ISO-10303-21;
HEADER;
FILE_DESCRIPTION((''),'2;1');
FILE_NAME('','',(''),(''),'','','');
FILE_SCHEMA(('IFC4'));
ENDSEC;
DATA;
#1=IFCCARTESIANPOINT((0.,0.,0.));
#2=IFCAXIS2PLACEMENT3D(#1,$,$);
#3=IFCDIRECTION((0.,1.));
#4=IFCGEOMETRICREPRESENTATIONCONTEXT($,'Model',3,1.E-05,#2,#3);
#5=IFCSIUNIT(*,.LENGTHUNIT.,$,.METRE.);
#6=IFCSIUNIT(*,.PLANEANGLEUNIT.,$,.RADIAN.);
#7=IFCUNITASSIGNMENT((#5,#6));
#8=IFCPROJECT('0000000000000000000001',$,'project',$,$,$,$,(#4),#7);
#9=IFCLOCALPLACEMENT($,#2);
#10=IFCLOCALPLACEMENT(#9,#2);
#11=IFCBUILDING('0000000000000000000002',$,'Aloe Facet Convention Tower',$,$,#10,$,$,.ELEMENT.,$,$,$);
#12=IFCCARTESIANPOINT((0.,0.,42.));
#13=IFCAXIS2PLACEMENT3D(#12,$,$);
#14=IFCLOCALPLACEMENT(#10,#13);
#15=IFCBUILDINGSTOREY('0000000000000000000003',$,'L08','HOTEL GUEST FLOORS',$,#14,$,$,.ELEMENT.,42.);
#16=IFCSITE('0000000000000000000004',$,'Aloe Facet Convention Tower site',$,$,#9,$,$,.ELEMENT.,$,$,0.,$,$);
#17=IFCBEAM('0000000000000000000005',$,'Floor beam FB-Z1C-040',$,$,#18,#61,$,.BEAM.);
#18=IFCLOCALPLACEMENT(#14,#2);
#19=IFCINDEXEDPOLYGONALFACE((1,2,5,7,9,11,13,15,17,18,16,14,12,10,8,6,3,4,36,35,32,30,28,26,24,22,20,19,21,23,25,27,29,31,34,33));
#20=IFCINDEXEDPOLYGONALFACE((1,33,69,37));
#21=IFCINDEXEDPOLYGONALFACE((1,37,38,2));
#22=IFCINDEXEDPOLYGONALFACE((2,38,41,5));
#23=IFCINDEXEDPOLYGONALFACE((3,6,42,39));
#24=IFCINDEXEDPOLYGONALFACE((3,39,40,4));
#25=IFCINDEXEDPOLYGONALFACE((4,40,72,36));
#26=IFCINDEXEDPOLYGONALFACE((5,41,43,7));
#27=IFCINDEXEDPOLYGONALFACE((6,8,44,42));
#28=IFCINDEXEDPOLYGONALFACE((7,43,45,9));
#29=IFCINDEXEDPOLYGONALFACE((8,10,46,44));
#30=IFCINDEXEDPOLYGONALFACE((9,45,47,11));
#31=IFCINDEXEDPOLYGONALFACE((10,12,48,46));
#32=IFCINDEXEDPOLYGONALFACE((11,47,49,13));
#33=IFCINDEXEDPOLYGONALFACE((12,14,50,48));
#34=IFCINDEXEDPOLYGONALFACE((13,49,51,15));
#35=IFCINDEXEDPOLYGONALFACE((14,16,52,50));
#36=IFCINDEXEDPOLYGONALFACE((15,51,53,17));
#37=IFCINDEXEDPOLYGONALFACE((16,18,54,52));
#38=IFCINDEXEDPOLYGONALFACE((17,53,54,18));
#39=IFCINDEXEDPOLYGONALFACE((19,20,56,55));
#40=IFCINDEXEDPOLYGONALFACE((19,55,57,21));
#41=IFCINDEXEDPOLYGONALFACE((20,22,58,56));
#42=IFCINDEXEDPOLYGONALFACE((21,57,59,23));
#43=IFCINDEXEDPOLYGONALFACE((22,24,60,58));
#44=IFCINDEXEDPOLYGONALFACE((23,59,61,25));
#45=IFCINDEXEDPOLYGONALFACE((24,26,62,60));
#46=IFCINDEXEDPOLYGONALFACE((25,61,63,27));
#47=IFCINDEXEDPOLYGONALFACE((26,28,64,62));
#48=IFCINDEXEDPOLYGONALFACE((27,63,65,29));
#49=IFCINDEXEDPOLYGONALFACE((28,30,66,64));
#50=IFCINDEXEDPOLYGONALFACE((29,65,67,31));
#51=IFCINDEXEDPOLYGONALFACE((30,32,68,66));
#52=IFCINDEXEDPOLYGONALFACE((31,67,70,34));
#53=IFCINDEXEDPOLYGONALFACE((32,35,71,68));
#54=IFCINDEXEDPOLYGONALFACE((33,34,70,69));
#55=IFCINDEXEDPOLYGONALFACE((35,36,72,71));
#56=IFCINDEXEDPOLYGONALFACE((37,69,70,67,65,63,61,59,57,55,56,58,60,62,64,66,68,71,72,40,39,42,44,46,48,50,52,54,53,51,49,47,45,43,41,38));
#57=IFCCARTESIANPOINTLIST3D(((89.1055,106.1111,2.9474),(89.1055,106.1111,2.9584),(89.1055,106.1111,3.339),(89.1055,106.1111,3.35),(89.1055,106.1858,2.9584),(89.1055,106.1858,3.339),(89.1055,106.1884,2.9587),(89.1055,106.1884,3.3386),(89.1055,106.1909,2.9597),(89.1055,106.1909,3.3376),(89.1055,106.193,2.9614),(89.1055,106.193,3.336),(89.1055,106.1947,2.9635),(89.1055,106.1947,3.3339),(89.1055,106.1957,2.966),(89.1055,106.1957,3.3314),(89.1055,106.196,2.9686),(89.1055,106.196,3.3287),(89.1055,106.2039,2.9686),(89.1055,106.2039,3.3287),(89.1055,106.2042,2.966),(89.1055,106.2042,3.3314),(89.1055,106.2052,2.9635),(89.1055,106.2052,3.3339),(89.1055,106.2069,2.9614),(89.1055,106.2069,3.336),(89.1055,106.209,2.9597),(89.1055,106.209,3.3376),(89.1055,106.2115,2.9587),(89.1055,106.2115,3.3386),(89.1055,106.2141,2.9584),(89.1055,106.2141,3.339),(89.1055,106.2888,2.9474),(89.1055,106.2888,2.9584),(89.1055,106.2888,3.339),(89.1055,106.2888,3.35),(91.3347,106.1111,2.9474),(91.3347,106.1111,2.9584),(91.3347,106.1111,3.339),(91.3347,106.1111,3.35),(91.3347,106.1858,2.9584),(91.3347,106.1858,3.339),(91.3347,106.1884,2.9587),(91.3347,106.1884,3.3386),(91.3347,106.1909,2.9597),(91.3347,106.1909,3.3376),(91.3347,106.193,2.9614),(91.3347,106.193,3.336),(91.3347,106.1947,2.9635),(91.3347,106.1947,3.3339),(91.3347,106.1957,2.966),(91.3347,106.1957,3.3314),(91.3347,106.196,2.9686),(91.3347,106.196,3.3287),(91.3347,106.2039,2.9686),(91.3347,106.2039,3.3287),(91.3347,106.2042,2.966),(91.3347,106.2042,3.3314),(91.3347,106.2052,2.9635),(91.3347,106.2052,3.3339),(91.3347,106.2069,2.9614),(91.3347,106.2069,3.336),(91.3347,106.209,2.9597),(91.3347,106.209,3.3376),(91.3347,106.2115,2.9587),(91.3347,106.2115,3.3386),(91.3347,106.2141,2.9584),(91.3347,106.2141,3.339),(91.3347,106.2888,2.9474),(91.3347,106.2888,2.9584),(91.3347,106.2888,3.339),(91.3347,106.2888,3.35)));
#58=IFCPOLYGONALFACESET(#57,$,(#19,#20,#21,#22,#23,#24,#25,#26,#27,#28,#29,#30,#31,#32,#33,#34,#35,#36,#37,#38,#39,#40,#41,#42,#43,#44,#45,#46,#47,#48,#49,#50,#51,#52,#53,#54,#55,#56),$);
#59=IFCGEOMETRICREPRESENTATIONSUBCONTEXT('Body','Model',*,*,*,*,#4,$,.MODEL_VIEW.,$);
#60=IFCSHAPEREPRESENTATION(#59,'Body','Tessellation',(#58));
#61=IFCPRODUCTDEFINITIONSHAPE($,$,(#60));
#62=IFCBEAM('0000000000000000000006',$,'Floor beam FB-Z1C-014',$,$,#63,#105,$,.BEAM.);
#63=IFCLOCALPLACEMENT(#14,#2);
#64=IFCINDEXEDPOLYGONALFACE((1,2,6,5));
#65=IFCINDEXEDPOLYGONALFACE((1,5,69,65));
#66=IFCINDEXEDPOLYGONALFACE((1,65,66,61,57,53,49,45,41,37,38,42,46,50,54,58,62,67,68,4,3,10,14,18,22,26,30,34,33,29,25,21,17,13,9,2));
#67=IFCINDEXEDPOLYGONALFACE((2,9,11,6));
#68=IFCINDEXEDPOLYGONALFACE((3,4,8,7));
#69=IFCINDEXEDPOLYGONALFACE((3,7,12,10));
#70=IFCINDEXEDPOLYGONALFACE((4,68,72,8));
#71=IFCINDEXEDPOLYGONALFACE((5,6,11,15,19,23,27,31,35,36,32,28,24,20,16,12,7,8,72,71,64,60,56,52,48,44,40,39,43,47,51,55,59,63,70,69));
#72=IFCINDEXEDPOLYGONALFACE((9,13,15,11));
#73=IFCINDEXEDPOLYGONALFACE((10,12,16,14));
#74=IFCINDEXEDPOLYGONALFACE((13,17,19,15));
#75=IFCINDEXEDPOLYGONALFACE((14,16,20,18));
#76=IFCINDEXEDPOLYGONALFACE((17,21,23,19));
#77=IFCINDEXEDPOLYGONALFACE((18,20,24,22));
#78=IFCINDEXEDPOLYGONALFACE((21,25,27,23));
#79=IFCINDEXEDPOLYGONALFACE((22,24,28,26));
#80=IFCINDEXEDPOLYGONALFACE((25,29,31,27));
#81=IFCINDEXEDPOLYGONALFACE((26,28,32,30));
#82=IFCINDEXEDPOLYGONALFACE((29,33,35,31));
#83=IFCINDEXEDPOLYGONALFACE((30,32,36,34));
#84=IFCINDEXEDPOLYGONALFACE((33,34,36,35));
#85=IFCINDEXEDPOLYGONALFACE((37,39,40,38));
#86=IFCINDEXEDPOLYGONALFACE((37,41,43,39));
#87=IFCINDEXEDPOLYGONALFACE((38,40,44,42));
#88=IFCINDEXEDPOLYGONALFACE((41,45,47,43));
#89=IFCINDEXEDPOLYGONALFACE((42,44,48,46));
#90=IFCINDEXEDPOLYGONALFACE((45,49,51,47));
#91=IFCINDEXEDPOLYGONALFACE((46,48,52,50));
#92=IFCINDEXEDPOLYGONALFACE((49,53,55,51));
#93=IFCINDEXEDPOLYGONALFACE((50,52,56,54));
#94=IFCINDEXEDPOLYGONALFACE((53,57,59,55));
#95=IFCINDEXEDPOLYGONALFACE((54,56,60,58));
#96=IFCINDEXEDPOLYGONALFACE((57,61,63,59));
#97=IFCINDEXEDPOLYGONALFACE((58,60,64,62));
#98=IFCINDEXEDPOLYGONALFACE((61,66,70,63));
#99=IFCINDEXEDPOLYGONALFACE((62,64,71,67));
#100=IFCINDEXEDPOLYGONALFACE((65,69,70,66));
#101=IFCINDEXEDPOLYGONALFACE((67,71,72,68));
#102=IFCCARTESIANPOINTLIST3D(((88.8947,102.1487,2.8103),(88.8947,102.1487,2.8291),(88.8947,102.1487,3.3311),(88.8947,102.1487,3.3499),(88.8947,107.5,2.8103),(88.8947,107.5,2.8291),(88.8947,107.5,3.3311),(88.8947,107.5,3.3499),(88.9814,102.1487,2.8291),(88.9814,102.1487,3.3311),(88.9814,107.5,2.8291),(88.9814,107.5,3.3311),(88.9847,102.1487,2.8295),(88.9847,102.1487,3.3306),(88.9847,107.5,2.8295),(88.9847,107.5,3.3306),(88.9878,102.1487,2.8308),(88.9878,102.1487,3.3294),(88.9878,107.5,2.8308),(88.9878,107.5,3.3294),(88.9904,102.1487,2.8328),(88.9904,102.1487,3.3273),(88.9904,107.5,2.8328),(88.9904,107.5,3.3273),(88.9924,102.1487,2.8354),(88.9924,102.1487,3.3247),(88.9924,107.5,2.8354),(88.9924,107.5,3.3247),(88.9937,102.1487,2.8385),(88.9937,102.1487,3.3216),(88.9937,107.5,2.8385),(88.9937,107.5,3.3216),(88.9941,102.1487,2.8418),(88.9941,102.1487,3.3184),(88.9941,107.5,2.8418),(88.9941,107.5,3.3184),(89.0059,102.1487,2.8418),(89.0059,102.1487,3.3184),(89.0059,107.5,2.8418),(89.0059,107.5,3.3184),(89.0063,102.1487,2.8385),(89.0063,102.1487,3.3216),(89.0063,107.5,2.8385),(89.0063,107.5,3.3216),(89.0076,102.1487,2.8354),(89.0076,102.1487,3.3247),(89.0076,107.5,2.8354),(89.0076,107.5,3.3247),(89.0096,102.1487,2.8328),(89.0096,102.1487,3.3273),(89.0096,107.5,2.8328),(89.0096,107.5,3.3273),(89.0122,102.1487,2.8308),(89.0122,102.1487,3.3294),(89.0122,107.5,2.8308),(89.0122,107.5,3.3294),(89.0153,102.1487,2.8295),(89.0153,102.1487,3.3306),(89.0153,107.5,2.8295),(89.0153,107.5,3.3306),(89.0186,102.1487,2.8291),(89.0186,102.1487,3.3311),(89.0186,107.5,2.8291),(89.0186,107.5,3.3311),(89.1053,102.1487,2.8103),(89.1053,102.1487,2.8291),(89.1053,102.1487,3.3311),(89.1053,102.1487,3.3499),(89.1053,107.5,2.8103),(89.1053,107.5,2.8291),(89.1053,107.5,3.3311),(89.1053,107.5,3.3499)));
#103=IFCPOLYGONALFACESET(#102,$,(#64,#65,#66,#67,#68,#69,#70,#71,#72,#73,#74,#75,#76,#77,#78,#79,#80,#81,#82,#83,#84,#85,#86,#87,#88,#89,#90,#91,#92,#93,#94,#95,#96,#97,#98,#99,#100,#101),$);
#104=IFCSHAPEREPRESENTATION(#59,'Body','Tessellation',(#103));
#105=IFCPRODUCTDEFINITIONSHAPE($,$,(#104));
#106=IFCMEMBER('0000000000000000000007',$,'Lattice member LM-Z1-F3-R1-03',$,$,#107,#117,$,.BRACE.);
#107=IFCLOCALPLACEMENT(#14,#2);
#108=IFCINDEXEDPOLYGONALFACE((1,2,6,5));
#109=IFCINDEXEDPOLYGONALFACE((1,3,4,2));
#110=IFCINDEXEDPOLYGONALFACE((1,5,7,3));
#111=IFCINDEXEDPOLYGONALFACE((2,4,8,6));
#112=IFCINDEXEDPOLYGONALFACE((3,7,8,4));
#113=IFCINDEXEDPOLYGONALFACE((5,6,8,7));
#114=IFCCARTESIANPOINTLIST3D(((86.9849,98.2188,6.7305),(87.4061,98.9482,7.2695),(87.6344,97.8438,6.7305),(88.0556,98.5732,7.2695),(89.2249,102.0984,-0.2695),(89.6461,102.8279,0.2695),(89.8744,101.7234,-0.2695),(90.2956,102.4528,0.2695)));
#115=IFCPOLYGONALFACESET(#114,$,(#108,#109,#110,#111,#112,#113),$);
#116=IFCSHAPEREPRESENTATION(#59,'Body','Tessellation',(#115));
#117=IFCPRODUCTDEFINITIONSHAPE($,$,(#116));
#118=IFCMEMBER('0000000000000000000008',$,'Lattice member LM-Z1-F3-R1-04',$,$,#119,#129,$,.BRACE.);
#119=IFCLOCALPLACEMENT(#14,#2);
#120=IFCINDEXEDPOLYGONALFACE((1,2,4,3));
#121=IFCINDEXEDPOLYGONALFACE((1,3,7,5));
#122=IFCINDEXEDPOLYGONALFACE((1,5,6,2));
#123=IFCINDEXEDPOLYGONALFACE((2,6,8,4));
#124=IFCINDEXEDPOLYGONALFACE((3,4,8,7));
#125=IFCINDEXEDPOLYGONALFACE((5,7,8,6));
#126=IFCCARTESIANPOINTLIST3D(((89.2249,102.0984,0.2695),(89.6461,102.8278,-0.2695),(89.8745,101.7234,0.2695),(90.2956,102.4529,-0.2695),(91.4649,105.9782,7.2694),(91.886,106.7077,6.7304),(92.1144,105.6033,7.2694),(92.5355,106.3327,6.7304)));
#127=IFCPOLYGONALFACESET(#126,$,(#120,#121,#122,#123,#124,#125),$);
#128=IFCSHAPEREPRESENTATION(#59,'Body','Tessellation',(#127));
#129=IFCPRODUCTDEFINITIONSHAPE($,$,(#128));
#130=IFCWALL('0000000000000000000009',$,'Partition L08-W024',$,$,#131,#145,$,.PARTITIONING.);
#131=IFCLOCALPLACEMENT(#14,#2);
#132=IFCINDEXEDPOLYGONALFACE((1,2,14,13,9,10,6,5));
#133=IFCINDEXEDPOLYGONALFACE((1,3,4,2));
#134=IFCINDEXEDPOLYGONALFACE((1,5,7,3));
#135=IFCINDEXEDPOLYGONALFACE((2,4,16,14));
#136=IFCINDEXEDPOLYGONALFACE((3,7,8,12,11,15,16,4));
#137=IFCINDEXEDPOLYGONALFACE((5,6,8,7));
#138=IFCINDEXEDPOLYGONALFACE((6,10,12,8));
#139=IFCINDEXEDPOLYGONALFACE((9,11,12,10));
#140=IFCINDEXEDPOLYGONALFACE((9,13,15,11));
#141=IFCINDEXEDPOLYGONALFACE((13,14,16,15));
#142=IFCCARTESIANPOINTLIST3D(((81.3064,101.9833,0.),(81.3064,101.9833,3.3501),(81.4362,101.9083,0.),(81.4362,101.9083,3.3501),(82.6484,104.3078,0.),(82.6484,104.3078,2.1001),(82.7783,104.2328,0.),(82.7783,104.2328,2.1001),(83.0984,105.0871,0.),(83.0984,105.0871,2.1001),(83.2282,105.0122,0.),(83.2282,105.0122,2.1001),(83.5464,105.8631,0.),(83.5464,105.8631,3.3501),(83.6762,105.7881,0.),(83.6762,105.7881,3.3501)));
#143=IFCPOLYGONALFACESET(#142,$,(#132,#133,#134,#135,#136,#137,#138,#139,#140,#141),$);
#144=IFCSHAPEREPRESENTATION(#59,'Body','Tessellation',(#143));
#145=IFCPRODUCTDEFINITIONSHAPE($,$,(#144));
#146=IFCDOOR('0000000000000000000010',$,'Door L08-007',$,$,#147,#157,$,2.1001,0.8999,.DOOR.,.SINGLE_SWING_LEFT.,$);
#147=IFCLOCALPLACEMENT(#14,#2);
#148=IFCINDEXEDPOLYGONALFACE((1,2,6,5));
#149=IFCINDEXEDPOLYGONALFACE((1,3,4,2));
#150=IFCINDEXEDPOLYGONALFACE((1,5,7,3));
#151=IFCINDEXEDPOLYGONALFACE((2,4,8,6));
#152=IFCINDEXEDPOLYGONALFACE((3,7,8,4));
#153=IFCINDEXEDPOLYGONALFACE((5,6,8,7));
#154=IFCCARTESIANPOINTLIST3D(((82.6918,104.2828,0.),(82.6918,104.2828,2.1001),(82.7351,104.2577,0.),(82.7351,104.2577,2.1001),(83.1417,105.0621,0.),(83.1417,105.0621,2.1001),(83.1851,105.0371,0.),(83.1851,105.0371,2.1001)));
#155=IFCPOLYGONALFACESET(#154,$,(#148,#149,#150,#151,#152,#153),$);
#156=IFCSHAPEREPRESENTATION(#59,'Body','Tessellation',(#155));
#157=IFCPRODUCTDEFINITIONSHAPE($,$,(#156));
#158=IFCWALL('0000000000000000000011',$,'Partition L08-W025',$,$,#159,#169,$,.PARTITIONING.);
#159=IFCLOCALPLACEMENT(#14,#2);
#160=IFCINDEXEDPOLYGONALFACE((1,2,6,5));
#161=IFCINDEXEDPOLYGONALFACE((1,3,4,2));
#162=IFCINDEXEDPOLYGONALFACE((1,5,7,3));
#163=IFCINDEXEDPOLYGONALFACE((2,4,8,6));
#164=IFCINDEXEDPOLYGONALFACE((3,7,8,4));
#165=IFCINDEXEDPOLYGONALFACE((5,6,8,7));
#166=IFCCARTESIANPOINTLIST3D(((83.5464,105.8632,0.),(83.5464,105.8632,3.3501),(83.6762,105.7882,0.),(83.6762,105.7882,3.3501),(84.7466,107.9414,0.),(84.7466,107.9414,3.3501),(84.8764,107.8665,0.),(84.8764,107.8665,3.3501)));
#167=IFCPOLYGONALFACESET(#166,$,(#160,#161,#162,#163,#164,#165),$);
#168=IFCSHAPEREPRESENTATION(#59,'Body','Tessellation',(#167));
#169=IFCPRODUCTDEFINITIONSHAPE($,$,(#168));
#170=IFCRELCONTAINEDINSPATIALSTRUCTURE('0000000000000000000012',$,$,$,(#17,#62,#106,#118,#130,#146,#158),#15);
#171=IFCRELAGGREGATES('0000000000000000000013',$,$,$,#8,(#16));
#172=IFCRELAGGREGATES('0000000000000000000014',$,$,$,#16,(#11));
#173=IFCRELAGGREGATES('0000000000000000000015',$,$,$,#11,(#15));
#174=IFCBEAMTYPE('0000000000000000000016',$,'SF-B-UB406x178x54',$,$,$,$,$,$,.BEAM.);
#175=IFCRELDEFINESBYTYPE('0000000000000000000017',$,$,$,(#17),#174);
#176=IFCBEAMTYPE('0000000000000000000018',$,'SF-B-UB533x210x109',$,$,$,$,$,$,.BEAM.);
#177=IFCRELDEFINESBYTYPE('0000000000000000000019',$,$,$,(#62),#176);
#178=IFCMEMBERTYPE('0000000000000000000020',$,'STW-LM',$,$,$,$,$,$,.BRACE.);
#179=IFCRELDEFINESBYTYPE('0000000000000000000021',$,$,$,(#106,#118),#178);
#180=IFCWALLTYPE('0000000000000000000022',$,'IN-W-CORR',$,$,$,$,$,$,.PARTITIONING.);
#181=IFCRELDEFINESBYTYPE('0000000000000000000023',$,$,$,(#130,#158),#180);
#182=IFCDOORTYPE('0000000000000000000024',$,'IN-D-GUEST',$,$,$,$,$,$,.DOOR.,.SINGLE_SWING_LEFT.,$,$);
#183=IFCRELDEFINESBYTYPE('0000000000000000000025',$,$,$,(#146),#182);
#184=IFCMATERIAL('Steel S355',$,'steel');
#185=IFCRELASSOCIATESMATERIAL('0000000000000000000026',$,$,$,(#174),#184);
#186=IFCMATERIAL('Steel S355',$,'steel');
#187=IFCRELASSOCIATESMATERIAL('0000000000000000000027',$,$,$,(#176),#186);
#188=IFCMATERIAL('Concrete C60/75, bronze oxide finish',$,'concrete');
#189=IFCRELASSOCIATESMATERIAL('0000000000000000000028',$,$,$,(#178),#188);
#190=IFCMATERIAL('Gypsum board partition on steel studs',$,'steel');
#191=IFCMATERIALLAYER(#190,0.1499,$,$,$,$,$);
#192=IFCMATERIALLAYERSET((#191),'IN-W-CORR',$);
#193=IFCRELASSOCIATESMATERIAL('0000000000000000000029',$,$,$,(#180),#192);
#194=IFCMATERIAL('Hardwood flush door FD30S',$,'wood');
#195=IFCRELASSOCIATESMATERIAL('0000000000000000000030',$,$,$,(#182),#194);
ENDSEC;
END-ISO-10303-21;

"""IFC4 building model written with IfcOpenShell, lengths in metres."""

from ifc_helpers import new_model, si_unit, direction, frame, frame_2d, origin, origin_2d, place, context, subcontext, project, spatial, rectangle, i_section, extrude, material, layer, layer_set, material_profile, profile_set, type_object, element, fill, save


model = new_model("IFC4")

# Units and contexts
model_context = context("Model", 3, precision=1e-05, world=origin(), true_north=direction((0.0, 1.0)))
body_context = subcontext(model_context, "Body", "Model", "MODEL_VIEW")
ifc_project = project(units=[si_unit("LENGTHUNIT", "METRE"), si_unit("PLANEANGLEUNIT", "RADIAN")], contexts=[model_context])

# Site, building, storey
site_placement = place(None, origin())
site = spatial("IfcSite", under=ifc_project, at=site_placement, Name="Aloe Facet Convention Tower site", CompositionType="ELEMENT", RefElevation=0.0)
building_placement = place(site_placement, origin())
building = spatial("IfcBuilding", under=site, at=building_placement, Name="Aloe Facet Convention Tower", CompositionType="ELEMENT")
storey_placement = place(building_placement, frame((0.0, 0.0, 42.0)))
storey = spatial("IfcBuildingStorey", under=building, at=storey_placement, Name="L08", Description="HOTEL GUEST FLOORS", CompositionType="ELEMENT", Elevation=42.0)

# Beams
ifc_material_1 = material(Name="Steel S355", Category="steel")
ifc_material_profile_1 = material_profile(ifc_material_1, i_section(OverallWidth=0.1777, OverallDepth=0.4026, WebThickness=0.0078, FlangeThickness=0.011, FilletRadius=0.0103, at=origin_2d()), Name="UB 406x178x54")
ifc_profile_set_1 = profile_set([ifc_material_profile_1], Name="Steel S355")
beam_type_1 = type_object("IfcBeamType", Name="SF-B-UB406x178x54", PredefinedType="BEAM", material=ifc_profile_set_1)
beam_1_placement = place(storey_placement, frame((89.1055, 106.2, 3.1487), z_axis=(1.0, 0.0, 0.0), x_axis=(0.0, 1.0, 0.0)))
element("IfcBeam", 1, at=beam_1_placement, inside=storey, type_object=beam_type_1, Name="Floor beam FB-Z1C-040", PredefinedType="BEAM", context=body_context, shape_type="SweptSolid", body=[
    extrude(i_section(OverallWidth=0.1777, OverallDepth=0.4026, WebThickness=0.0078, FlangeThickness=0.011, FilletRadius=0.0103, at=origin_2d()), origin(), (0.0, 0.0, 1.0), 2.2292),
])
ifc_material_2 = material(Name="Steel S355", Category="steel")
ifc_material_profile_2 = material_profile(ifc_material_2, i_section(OverallWidth=0.2107, OverallDepth=0.5396, WebThickness=0.0117, FlangeThickness=0.0188, FilletRadius=0.0127, at=origin_2d()), Name="UB 533x210x109")
ifc_profile_set_2 = profile_set([ifc_material_profile_2], Name="Steel S355")
beam_type_2 = type_object("IfcBeamType", Name="SF-B-UB533x210x109", PredefinedType="BEAM", material=ifc_profile_set_2)
beam_2_placement = place(storey_placement, frame((89.0, 107.5, 3.0801), z_axis=(0.0, -1.0, 0.0), x_axis=(1.0, 0.0, 0.0)))
element("IfcBeam", 2, at=beam_2_placement, inside=storey, type_object=beam_type_2, Name="Floor beam FB-Z1C-014", PredefinedType="BEAM", context=body_context, shape_type="SweptSolid", body=[
    extrude(i_section(OverallWidth=0.2107, OverallDepth=0.5396, WebThickness=0.0117, FlangeThickness=0.0188, FilletRadius=0.0127, at=origin_2d()), origin(), (0.0, 0.0, 1.0), 5.3513),
])

# Members
ifc_material_3 = material(Name="Concrete C60/75, bronze oxide finish", Category="concrete")
ifc_material_profile_3 = material_profile(ifc_material_3, rectangle(XDim=0.75, YDim=1.0, at=origin_2d()), Name="STW-LM")
ifc_profile_set_3 = profile_set([ifc_material_profile_3], Name="Concrete C60/75, bronze oxide finish")
member_type = type_object("IfcMemberType", Name="STW-LM", PredefinedType="BRACE", material=ifc_profile_set_3)
for number, where, z_axis, x_axis, name in (
    (3, (89.7603, 102.2756, 0.0), (-0.269528, -0.46682, 0.842279), (0.866018, -0.500013, 0.0), "Lattice member LM-Z1-F3-R1-03"),
    (4, (89.7603, 102.2756, 0.0), (0.269524, 0.466843, 0.842267), (-0.866031, 0.49999, 0.0), "Lattice member LM-Z1-F3-R1-04"),
):
    element("IfcMember", number, at=place(storey_placement, frame(where, z_axis=z_axis, x_axis=x_axis)), inside=storey, type_object=member_type, Name=name, PredefinedType="BRACE", context=body_context, shape_type="SweptSolid", body=[
        extrude(rectangle(XDim=0.75, YDim=1.0, at=origin_2d()), origin(), (0.0, 0.0, 1.0), 8.3108),
    ])

# Wall, opening, door
ifc_material_4 = material(Name="Gypsum board partition on steel studs", Category="steel")
ifc_layer_1 = layer(ifc_material_4, 0.1499)
ifc_layer_set_1 = layer_set([ifc_layer_1], Name="IN-W-CORR")
wall_type_1 = type_object("IfcWallType", Name="IN-W-CORR", PredefinedType="PARTITIONING", material=ifc_layer_set_1)
wall_1_placement = place(storey_placement, frame((81.3713, 101.9458, 0.0), z_axis=(0.0, 0.0, 1.0), x_axis=(0.49999, 0.866031, 0.0)))
wall_1 = element("IfcWall", 5, at=wall_1_placement, inside=storey, type_object=wall_type_1, Name="Partition L08-W024", PredefinedType="PARTITIONING", context=body_context, shape_type="SweptSolid", body=[
    extrude(rectangle(XDim=4.48, YDim=0.1499, at=frame_2d((2.24, 0.0))), origin(), (0.0, 0.0, 1.0), 3.3501),
])
opening_1_placement = place(wall_1_placement, frame((2.6841, 0.0, 0.0)))
opening_1 = element("IfcOpeningElement", 6, at=opening_1_placement, cuts=wall_1, PredefinedType="OPENING", context=body_context, shape_type="SweptSolid", body=[
    extrude(rectangle(XDim=0.8999, YDim=2.1001, at=frame_2d((0.45, 1.05))), frame((0.0, 0.085, 0.0), z_axis=(0.0, -1.0, 0.0), x_axis=(1.0, 0.0, 0.0)), (0.0, 0.0, 1.0), 0.1699),
])
ifc_material_5 = material(Name="Hardwood flush door FD30S", Category="wood")
door_type_1 = type_object("IfcDoorType", Name="IN-D-GUEST", OperationType="SINGLE_SWING_LEFT", PredefinedType="DOOR", material=ifc_material_5)
door_1_placement = place(opening_1_placement, origin())
door_1 = element("IfcDoor", 7, at=door_1_placement, inside=storey, type_object=door_type_1, Name="Door L08-007", OperationType="SINGLE_SWING_LEFT", OverallHeight=2.1001, OverallWidth=0.8999, PredefinedType="DOOR", context=body_context, shape_type="SweptSolid", body=[
    extrude(rectangle(XDim=0.8999, YDim=2.1001, at=frame_2d((0.45, 1.05))), frame((0.0, 0.0249, 0.0), z_axis=(0.0, -1.0, 0.0), x_axis=(1.0, 0.0, 0.0)), (0.0, 0.0, 1.0), 0.05),
])
fill(opening_1, door_1)

# Wall
wall_2_placement = place(storey_placement, frame((83.6113, 105.8257, 0.0), z_axis=(0.0, 0.0, 1.0), x_axis=(0.500078, 0.865981, 0.0)))
element("IfcWall", 8, at=wall_2_placement, inside=storey, type_object=wall_type_1, Name="Partition L08-W025", PredefinedType="PARTITIONING", context=body_context, shape_type="SweptSolid", body=[
    extrude(rectangle(XDim=2.3999, YDim=0.1499, at=frame_2d((1.2, 0.0))), origin(), (0.0, 0.0, 1.0), 3.3501),
])

save(model, "model.ifc")
